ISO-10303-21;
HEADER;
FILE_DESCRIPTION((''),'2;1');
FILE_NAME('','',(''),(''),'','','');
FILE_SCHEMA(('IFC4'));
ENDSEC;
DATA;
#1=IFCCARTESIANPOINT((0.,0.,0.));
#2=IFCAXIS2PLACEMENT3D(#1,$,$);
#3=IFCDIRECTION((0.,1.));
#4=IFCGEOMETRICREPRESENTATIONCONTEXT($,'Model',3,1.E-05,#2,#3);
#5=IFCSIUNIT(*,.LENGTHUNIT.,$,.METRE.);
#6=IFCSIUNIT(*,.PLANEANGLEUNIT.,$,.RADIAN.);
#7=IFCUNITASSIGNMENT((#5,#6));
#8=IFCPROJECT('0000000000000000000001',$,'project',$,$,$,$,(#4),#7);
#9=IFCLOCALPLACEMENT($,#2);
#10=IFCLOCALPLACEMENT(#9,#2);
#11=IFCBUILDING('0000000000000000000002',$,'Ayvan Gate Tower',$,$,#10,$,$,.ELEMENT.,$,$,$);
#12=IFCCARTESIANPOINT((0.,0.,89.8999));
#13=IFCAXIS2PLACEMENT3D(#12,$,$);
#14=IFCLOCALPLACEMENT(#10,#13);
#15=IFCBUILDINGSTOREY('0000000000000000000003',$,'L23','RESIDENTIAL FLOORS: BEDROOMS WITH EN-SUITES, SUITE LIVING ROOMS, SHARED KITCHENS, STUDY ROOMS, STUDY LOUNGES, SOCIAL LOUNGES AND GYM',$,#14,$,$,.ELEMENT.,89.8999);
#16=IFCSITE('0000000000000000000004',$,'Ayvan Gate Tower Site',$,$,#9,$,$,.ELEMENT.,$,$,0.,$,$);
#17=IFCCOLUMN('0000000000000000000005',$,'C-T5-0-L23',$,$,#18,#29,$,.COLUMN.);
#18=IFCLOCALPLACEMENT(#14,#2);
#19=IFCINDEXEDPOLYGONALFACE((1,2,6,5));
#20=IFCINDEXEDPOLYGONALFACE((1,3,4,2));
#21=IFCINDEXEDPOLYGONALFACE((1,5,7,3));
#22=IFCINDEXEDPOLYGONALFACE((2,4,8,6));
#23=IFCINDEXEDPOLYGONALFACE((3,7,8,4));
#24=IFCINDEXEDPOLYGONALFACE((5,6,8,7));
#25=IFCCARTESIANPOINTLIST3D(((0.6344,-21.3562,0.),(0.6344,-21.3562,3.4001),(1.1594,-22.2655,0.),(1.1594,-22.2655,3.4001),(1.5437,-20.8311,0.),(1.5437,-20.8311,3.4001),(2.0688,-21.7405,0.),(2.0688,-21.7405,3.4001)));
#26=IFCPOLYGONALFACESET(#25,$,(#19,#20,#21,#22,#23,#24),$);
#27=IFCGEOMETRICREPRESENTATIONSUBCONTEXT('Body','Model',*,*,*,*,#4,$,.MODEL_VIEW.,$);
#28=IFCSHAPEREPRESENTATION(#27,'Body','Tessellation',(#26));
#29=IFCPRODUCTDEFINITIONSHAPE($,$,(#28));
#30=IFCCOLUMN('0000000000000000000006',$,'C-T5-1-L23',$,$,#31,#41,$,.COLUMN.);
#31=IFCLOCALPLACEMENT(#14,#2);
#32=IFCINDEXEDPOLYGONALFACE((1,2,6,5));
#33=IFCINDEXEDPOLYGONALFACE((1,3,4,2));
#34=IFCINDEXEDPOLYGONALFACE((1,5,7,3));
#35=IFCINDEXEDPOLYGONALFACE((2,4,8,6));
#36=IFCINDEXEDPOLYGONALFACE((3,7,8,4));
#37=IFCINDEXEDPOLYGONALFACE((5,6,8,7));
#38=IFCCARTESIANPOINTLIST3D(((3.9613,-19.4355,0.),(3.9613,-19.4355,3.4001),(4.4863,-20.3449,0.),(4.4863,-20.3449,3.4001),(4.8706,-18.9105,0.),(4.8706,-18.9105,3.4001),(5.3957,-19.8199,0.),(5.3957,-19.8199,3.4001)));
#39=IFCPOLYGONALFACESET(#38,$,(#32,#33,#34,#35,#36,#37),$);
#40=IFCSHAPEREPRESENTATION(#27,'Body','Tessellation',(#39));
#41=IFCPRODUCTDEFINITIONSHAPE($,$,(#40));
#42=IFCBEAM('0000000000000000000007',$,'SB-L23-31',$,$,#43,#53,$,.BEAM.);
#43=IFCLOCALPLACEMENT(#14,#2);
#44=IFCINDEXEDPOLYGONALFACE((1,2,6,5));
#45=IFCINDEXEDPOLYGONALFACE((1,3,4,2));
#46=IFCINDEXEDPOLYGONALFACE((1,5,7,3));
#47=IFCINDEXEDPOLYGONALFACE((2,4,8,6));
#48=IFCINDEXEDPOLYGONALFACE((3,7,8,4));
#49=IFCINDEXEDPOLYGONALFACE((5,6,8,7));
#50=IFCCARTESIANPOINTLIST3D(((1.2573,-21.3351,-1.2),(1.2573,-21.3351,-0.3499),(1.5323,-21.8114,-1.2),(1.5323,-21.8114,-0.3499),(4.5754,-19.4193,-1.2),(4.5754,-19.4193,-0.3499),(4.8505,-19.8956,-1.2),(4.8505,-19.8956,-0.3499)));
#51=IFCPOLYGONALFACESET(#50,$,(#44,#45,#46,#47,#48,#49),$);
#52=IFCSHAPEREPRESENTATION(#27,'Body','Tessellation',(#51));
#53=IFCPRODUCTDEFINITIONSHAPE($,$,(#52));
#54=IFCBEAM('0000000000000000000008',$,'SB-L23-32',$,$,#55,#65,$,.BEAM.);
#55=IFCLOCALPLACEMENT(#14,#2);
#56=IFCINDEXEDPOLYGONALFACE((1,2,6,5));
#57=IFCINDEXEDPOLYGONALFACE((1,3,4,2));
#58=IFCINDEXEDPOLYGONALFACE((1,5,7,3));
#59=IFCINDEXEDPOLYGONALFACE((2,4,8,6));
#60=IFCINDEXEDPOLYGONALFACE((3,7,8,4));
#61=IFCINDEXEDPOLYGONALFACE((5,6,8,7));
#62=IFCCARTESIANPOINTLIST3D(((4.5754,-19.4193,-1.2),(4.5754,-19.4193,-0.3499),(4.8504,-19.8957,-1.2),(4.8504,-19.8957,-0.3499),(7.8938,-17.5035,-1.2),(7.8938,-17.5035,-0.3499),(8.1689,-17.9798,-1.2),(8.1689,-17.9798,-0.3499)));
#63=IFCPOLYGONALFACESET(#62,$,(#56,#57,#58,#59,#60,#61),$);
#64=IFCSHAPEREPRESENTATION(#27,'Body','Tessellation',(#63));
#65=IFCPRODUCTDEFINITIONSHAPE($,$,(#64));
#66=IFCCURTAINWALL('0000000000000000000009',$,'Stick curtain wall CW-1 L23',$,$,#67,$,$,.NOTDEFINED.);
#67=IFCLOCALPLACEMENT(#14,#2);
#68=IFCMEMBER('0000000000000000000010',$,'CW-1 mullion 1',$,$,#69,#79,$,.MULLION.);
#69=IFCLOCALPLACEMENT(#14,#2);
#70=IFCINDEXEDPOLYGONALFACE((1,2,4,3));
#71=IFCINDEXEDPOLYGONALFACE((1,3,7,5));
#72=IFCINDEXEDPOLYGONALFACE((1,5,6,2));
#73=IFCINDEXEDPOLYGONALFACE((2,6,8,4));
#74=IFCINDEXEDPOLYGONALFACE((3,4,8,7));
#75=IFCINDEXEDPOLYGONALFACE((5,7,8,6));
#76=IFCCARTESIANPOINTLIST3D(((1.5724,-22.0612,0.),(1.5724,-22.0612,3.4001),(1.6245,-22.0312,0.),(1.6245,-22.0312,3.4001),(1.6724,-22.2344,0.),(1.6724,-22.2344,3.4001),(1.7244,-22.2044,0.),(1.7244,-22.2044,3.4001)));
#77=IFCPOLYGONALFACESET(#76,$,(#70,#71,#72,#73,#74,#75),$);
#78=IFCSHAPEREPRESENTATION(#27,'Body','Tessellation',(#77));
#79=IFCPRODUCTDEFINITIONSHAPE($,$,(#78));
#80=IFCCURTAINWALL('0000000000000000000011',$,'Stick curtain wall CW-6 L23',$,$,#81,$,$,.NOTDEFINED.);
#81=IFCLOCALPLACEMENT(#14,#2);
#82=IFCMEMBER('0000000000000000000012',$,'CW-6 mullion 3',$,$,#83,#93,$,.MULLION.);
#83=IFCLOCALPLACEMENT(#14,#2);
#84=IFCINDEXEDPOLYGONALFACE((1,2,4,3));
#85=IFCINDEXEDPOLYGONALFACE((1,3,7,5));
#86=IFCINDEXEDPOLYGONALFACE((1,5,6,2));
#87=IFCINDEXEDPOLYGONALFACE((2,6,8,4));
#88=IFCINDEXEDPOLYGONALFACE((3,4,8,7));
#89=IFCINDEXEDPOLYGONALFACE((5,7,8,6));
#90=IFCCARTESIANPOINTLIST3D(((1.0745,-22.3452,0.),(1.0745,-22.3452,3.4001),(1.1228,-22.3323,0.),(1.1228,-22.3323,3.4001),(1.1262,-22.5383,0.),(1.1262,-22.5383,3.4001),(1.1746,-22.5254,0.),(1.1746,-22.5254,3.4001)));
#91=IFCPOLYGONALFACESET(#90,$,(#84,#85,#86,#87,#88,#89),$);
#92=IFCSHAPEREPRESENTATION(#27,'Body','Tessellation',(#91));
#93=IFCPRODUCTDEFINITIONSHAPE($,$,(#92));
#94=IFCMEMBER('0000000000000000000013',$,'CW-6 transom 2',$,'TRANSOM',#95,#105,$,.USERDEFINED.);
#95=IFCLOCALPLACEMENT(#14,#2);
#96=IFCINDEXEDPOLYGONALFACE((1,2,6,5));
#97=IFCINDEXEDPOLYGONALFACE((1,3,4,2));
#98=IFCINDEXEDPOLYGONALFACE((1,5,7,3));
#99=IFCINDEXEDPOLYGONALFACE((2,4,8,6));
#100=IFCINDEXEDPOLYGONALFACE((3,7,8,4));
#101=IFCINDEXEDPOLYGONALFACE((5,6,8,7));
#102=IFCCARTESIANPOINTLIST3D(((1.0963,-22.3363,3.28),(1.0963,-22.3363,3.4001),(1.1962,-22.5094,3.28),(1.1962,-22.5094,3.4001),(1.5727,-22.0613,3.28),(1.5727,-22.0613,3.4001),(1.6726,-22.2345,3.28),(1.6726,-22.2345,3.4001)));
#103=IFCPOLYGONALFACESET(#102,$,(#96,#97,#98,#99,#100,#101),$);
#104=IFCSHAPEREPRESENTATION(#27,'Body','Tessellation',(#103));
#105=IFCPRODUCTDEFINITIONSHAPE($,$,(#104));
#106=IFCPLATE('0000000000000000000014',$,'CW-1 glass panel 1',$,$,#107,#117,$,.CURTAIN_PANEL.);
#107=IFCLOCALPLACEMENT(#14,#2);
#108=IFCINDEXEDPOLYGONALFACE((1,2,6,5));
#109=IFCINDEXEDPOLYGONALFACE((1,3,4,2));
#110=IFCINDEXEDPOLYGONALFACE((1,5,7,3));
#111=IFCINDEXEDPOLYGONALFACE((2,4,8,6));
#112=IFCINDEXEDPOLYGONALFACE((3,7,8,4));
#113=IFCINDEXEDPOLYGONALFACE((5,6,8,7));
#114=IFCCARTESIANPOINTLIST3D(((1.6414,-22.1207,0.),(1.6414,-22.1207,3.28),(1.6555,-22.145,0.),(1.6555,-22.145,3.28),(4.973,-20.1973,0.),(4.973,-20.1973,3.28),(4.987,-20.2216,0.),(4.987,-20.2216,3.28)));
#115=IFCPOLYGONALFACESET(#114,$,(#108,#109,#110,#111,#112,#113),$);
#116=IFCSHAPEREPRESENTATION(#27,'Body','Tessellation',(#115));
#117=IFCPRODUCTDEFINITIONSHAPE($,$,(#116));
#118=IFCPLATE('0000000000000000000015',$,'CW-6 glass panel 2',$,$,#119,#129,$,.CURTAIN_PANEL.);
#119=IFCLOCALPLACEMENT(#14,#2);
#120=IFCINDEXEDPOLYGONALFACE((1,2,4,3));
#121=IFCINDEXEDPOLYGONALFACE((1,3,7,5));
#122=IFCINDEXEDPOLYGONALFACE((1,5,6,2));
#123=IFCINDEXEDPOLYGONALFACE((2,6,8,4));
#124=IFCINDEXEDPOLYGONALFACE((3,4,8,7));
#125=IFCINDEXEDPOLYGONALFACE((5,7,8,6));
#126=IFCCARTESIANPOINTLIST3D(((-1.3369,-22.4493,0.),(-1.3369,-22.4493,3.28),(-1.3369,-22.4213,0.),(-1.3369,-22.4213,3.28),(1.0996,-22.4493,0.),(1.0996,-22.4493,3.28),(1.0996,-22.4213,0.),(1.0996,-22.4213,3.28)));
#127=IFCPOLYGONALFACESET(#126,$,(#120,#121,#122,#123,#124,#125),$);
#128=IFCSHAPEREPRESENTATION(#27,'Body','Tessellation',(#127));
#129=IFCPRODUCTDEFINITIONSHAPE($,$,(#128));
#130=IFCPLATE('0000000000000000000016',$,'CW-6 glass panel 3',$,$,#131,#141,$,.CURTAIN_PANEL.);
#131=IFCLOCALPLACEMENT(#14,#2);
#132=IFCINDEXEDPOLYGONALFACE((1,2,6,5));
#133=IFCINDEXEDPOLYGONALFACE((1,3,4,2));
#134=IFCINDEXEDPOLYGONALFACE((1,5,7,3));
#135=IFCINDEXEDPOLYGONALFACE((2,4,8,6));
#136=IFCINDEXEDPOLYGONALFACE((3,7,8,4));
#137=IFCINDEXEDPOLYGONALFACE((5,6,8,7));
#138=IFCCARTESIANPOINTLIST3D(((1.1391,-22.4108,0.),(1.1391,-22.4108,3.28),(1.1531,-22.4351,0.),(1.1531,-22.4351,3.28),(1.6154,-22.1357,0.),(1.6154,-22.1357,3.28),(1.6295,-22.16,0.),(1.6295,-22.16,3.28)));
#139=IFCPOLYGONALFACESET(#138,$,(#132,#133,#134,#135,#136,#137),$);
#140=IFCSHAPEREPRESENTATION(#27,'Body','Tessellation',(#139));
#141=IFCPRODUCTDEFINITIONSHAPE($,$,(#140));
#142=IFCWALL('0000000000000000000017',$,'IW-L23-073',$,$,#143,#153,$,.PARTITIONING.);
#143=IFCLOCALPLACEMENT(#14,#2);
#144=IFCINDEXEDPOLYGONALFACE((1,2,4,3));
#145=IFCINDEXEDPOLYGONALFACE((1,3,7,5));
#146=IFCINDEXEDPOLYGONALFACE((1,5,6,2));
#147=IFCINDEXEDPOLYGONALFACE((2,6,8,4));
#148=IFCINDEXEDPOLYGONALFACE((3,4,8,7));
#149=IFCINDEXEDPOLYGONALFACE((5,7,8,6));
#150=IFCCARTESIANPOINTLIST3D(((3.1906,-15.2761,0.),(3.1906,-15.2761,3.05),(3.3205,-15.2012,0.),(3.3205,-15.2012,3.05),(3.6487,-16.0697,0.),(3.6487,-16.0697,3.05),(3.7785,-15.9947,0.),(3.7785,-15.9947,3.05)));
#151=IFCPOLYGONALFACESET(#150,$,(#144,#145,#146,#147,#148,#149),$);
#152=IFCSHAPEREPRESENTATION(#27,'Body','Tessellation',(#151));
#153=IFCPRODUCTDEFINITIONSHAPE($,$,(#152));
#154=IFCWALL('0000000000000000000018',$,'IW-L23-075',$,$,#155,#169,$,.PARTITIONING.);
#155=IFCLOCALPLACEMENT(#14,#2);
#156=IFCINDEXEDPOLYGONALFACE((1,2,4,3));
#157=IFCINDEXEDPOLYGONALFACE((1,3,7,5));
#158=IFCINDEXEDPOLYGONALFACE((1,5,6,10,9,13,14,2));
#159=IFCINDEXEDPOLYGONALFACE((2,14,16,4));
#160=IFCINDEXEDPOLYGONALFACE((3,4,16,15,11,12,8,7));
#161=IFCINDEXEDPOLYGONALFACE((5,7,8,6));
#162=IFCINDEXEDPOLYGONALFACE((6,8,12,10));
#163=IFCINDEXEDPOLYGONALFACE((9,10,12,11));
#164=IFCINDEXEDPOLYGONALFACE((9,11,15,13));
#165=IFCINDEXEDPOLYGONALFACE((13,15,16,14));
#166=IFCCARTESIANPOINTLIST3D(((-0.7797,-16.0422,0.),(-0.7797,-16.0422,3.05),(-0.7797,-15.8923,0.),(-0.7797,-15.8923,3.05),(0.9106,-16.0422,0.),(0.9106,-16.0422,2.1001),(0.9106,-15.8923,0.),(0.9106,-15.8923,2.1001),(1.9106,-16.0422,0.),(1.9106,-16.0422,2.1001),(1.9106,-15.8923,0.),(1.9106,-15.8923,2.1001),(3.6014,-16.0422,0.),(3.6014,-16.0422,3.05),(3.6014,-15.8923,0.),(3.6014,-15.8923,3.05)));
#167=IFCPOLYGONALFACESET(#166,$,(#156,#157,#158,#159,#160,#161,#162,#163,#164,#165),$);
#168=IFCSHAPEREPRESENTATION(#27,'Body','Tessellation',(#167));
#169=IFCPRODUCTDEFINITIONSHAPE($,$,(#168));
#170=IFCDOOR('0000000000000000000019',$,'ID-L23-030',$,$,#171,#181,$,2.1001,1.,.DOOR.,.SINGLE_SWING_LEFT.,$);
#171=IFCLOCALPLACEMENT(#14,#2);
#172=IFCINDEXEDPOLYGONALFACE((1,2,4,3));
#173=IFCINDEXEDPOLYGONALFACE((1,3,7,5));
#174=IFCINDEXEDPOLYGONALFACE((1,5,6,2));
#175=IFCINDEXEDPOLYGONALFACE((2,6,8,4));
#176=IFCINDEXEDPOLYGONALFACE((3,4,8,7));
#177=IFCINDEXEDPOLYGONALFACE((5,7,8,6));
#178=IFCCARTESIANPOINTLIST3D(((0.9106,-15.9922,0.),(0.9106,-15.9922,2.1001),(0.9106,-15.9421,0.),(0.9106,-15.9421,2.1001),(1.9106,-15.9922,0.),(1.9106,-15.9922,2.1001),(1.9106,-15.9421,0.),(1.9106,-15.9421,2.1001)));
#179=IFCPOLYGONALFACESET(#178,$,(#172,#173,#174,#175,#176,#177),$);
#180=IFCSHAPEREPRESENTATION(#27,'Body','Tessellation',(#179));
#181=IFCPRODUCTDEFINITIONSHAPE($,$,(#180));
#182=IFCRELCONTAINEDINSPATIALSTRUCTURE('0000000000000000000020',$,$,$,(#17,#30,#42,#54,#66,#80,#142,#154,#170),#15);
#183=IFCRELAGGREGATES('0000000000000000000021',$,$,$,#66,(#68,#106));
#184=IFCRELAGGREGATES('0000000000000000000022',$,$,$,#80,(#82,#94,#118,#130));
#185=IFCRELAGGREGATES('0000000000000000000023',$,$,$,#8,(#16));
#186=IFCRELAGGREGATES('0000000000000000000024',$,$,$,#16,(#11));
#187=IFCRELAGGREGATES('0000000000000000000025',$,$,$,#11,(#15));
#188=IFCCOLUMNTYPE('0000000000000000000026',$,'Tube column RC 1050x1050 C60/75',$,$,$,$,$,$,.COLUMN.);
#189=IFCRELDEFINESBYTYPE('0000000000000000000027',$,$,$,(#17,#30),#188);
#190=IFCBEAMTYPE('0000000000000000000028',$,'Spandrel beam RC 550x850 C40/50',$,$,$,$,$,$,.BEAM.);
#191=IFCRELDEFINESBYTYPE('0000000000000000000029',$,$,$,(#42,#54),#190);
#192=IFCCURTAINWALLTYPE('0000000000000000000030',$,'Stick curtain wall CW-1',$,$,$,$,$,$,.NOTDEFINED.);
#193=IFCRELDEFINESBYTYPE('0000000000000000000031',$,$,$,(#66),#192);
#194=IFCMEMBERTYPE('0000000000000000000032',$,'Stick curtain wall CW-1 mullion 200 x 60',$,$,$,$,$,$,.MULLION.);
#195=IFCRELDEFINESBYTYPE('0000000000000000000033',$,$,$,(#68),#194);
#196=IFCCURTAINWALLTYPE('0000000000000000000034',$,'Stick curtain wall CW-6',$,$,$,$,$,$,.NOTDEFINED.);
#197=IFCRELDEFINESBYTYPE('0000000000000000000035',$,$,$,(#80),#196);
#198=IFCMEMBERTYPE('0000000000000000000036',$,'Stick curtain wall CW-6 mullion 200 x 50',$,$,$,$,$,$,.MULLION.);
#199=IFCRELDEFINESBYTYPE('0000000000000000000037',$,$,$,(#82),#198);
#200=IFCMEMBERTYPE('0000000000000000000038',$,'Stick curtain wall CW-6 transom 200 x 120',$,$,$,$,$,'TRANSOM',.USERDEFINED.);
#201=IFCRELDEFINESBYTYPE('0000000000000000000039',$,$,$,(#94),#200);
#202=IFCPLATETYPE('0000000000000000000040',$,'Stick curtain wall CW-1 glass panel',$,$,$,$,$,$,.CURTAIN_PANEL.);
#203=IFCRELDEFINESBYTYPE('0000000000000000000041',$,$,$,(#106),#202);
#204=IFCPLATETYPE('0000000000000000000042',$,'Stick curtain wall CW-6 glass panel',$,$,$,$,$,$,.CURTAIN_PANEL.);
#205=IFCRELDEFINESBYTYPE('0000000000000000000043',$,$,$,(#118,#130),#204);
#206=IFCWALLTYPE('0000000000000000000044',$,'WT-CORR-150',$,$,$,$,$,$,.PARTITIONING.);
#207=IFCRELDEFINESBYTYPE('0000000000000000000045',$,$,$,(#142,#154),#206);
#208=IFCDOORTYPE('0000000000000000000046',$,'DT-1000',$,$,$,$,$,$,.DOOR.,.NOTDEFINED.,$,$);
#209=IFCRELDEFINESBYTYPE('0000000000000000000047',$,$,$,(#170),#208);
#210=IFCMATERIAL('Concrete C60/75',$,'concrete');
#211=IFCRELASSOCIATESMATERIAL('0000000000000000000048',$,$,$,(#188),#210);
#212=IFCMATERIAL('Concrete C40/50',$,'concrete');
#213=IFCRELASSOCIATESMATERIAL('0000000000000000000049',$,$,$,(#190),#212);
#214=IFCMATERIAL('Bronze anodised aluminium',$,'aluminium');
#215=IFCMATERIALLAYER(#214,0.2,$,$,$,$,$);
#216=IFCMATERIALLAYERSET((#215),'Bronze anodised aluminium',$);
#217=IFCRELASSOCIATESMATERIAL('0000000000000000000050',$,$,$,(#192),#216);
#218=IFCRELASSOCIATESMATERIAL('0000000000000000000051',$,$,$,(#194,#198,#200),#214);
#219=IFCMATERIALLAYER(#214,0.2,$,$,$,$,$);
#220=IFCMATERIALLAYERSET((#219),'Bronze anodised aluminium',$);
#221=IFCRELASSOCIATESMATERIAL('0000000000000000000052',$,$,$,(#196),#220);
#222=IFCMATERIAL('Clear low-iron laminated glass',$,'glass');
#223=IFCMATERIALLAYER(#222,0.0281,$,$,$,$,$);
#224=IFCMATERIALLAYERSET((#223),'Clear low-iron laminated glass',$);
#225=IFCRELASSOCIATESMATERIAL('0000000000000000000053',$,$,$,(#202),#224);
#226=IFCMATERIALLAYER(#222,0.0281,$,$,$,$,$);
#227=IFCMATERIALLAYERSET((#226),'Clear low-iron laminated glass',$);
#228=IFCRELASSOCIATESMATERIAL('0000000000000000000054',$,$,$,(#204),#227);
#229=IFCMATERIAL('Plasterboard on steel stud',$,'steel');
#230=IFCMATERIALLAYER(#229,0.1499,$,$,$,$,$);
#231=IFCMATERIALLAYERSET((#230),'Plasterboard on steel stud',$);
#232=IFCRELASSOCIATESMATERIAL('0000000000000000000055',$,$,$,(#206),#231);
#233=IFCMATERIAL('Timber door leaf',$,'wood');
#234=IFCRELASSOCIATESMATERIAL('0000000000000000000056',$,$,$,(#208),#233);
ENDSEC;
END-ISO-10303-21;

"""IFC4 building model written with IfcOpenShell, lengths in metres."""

from ifc_helpers import new_model, si_unit, direction, frame, frame_2d, origin, origin_2d, place, context, subcontext, project, spatial, rectangle, extrude, material, layer, layer_set, material_profile, profile_set, type_object, element, fill, aggregate, save


model = new_model("IFC4")

# Units and contexts
model_context = context("Model", 3, precision=1e-05, world=origin(), true_north=direction((0.0, 1.0)))
body_context = subcontext(model_context, "Body", "Model", "MODEL_VIEW")
ifc_project = project(units=[si_unit("LENGTHUNIT", "METRE"), si_unit("PLANEANGLEUNIT", "RADIAN")], contexts=[model_context])

# Site, building, storey
site_placement = place(None, origin())
site = spatial("IfcSite", under=ifc_project, at=site_placement, Name="Ayvan Gate Tower Site", CompositionType="ELEMENT", RefElevation=0.0)
building_placement = place(site_placement, origin())
building = spatial("IfcBuilding", under=site, at=building_placement, Name="Ayvan Gate Tower", CompositionType="ELEMENT")
storey_placement = place(building_placement, frame((0.0, 0.0, 89.8999)))
storey = spatial("IfcBuildingStorey", under=building, at=storey_placement, Name="L23", Description="RESIDENTIAL FLOORS: BEDROOMS WITH EN-SUITES, SUITE LIVING ROOMS, SHARED KITCHENS, STUDY ROOMS, STUDY LOUNGES, SOCIAL LOUNGES AND GYM", CompositionType="ELEMENT", Elevation=89.8999)

# Columns
ifc_material_1 = material(Name="Concrete C60/75", Category="concrete")
ifc_material_profile_1 = material_profile(ifc_material_1, rectangle(XDim=1.05, YDim=1.05, at=origin_2d()), Name="RC 1050x1050")
ifc_profile_set_1 = profile_set([ifc_material_profile_1], Name="Concrete C60/75")
column_type = type_object("IfcColumnType", Name="Tube column RC 1050x1050 C60/75", PredefinedType="COLUMN", material=ifc_profile_set_1)
for number, where, z_axis, x_axis, name in (
    (1, (1.3516, -21.5483, 0.0), (0.0, 0.0, 1.0), (0.5, -0.866025, 0.0), "C-T5-0-L23"),
    (2, (4.6785, -19.6277, 0.0), (0.0, 0.0, 1.0), (0.5, -0.866025, 0.0), "C-T5-1-L23"),
):
    element("IfcColumn", number, at=place(storey_placement, frame(where, z_axis=z_axis, x_axis=x_axis)), inside=storey, type_object=column_type, Name=name, PredefinedType="COLUMN", context=body_context, shape_type="SweptSolid", body=[
        extrude(rectangle(XDim=1.05, YDim=1.05, at=origin_2d()), origin(), (0.0, 0.0, 1.0), 3.4001),
    ])

# Beams
ifc_material_2 = material(Name="Concrete C40/50", Category="concrete")
ifc_material_profile_2 = material_profile(ifc_material_2, rectangle(XDim=0.55, YDim=0.8501, at=origin_2d()), Name="RC 550x850")
ifc_profile_set_2 = profile_set([ifc_material_profile_2], Name="Concrete C40/50")
beam_type = type_object("IfcBeamType", Name="Spandrel beam RC 550x850 C40/50", PredefinedType="BEAM", material=ifc_profile_set_2)
beam_1_placement = place(storey_placement, frame((1.3948, -21.5732, -0.7749), z_axis=(0.866019, 0.500011, 0.0), x_axis=(-0.500011, 0.866019, 0.0)))
element("IfcBeam", 3, at=beam_1_placement, inside=storey, type_object=beam_type, Name="SB-L23-31", PredefinedType="BEAM", context=body_context, shape_type="SweptSolid", body=[
    extrude(rectangle(XDim=0.55, YDim=0.8501, at=origin_2d()), origin(), (0.0, 0.0, 1.0), 3.8315),
])
beam_2_placement = place(storey_placement, frame((4.7129, -19.6575, -0.7749), z_axis=(0.866035, 0.499984, 0.0), x_axis=(-0.499984, 0.866035, 0.0)))
element("IfcBeam", 4, at=beam_2_placement, inside=storey, type_object=beam_type, Name="SB-L23-32", PredefinedType="BEAM", context=body_context, shape_type="SweptSolid", body=[
    extrude(rectangle(XDim=0.55, YDim=0.8501, at=origin_2d()), origin(), (0.0, 0.0, 1.0), 3.8318),
])

# Curtain wall, member
ifc_material_3 = material(Name="Bronze anodised aluminium", Category="aluminium")
ifc_layer_1 = layer(ifc_material_3, 0.2)
ifc_layer_set_1 = layer_set([ifc_layer_1], Name="Bronze anodised aluminium")
curtain_wall_type_1 = type_object("IfcCurtainWallType", Name="Stick curtain wall CW-1", PredefinedType="NOTDEFINED", material=ifc_layer_set_1)
curtain_wall_1_placement = place(storey_placement, origin())
curtain_wall_1 = element("IfcCurtainWall", 5, at=curtain_wall_1_placement, inside=storey, type_object=curtain_wall_type_1, Name="Stick curtain wall CW-1 L23", PredefinedType="NOTDEFINED")
ifc_material_profile_3 = material_profile(ifc_material_3, rectangle(XDim=0.2, YDim=0.0601, at=origin_2d()), Name="Stick curtain wall CW-1 mullion 200 x 60")
ifc_profile_set_3 = profile_set([ifc_material_profile_3], Name="Bronze anodised aluminium")
member_type_1 = type_object("IfcMemberType", Name="Stick curtain wall CW-1 mullion 200 x 60", PredefinedType="MULLION", material=ifc_profile_set_3)
member_1_placement = place(storey_placement, frame((1.6484, -22.1328, 0.0), z_axis=(0.0, 0.0, 1.0), x_axis=(0.5, -0.866025, 0.0)))
member_1 = element("IfcMember", 6, at=member_1_placement, type_object=member_type_1, Name="CW-1 mullion 1", PredefinedType="MULLION", context=body_context, shape_type="SweptSolid", body=[
    extrude(rectangle(XDim=0.2, YDim=0.0601, at=origin_2d()), origin(), (0.0, 0.0, 1.0), 3.4001),
])

# Curtain wall, members
ifc_layer_2 = layer(ifc_material_3, 0.2)
ifc_layer_set_2 = layer_set([ifc_layer_2], Name="Bronze anodised aluminium")
curtain_wall_type_2 = type_object("IfcCurtainWallType", Name="Stick curtain wall CW-6", PredefinedType="NOTDEFINED", material=ifc_layer_set_2)
curtain_wall_2_placement = place(storey_placement, origin())
curtain_wall_2 = element("IfcCurtainWall", 7, at=curtain_wall_2_placement, inside=storey, type_object=curtain_wall_type_2, Name="Stick curtain wall CW-6 L23", PredefinedType="NOTDEFINED")
ifc_material_profile_4 = material_profile(ifc_material_3, rectangle(XDim=0.2, YDim=0.05, at=origin_2d()), Name="Stick curtain wall CW-6 mullion 200 x 50")
ifc_profile_set_4 = profile_set([ifc_material_profile_4], Name="Bronze anodised aluminium")
member_type_2 = type_object("IfcMemberType", Name="Stick curtain wall CW-6 mullion 200 x 50", PredefinedType="MULLION", material=ifc_profile_set_4)
member_2_placement = place(storey_placement, frame((1.1245, -22.4353, 0.0), z_axis=(0.0, 0.0, 1.0), x_axis=(0.258819, -0.965926, 0.0)))
member_2 = element("IfcMember", 8, at=member_2_placement, type_object=member_type_2, Name="CW-6 mullion 3", PredefinedType="MULLION", context=body_context, shape_type="SweptSolid", body=[
    extrude(rectangle(XDim=0.2, YDim=0.05, at=origin_2d()), origin(), (0.0, 0.0, 1.0), 3.4001),
])
ifc_material_profile_5 = material_profile(ifc_material_3, rectangle(XDim=0.2, YDim=0.1201, at=origin_2d()), Name="Stick curtain wall CW-6 transom 200 x 120")
ifc_profile_set_5 = profile_set([ifc_material_profile_5], Name="Bronze anodised aluminium")
member_type_3 = type_object("IfcMemberType", Name="Stick curtain wall CW-6 transom 200 x 120", ElementType="TRANSOM", PredefinedType="USERDEFINED", material=ifc_profile_set_5)
member_3_placement = place(storey_placement, frame((1.1462, -22.4229, 3.3401), z_axis=(0.866104, 0.499863, 0.0), x_axis=(-0.499863, 0.866104, 0.0)))
member_3 = element("IfcMember", 9, at=member_3_placement, type_object=member_type_3, Name="CW-6 transom 2", ObjectType="TRANSOM", PredefinedType="USERDEFINED", context=body_context, shape_type="SweptSolid", body=[
    extrude(rectangle(XDim=0.2, YDim=0.1201, at=origin_2d()), origin(), (0.0, 0.0, 1.0), 0.55),
])

# Plates
ifc_material_4 = material(Name="Clear low-iron laminated glass", Category="glass")
ifc_layer_3 = layer(ifc_material_4, 0.0281)
ifc_layer_set_3 = layer_set([ifc_layer_3], Name="Clear low-iron laminated glass")
plate_type_1 = type_object("IfcPlateType", Name="Stick curtain wall CW-1 glass panel", PredefinedType="CURTAIN_PANEL", material=ifc_layer_set_3)
plate_1_placement = place(storey_placement, frame((3.3142, -21.1711, 0.0), z_axis=(0.0, 0.0, 1.0), x_axis=(0.866025, 0.5, 0.0)))
plate_1 = element("IfcPlate", 10, at=plate_1_placement, type_object=plate_type_1, Name="CW-1 glass panel 1", PredefinedType="CURTAIN_PANEL", context=body_context, shape_type="SweptSolid", body=[
    extrude(rectangle(XDim=3.8469, YDim=0.0281, at=origin_2d()), origin(), (0.0, 0.0, 1.0), 3.28),
])
aggregate(curtain_wall_1, [member_1, plate_1])
ifc_layer_4 = layer(ifc_material_4, 0.0281)
ifc_layer_set_4 = layer_set([ifc_layer_4], Name="Clear low-iron laminated glass")
plate_type_2 = type_object("IfcPlateType", Name="Stick curtain wall CW-6 glass panel", PredefinedType="CURTAIN_PANEL", material=ifc_layer_set_4)
plate_2_placement = place(storey_placement, frame((-0.1187, -22.4353, 0.0), z_axis=(0.0, 0.0, 1.0), x_axis=(1.0, 0.0, 0.0)))
plate_2 = element("IfcPlate", 11, at=plate_2_placement, type_object=plate_type_2, Name="CW-6 glass panel 2", PredefinedType="CURTAIN_PANEL", context=body_context, shape_type="SweptSolid", body=[
    extrude(rectangle(XDim=2.4365, YDim=0.0281, at=origin_2d()), origin(), (0.0, 0.0, 1.0), 3.28),
])
plate_3_placement = place(storey_placement, frame((1.3843, -22.2854, 0.0), z_axis=(0.0, 0.0, 1.0), x_axis=(0.866025, 0.5, 0.0)))
plate_3 = element("IfcPlate", 12, at=plate_3_placement, type_object=plate_type_2, Name="CW-6 glass panel 3", PredefinedType="CURTAIN_PANEL", context=body_context, shape_type="SweptSolid", body=[
    extrude(rectangle(XDim=0.55, YDim=0.0281, at=origin_2d()), origin(), (0.0, 0.0, 1.0), 3.28),
])
aggregate(curtain_wall_2, [member_2, member_3, plate_2, plate_3])

# Wall
ifc_material_5 = material(Name="Plasterboard on steel stud", Category="steel")
ifc_layer_5 = layer(ifc_material_5, 0.1499)
ifc_layer_set_5 = layer_set([ifc_layer_5], Name="Plasterboard on steel stud")
wall_type_1 = type_object("IfcWallType", Name="WT-CORR-150", PredefinedType="PARTITIONING", material=ifc_layer_set_5)
wall_1_placement = place(storey_placement, frame((3.2556, -15.2388, 0.0), z_axis=(0.0, 0.0, 1.0), x_axis=(0.499922, -0.86607, 0.0)))
element("IfcWall", 13, at=wall_1_placement, inside=storey, type_object=wall_type_1, Name="IW-L23-073", PredefinedType="PARTITIONING", context=body_context, shape_type="SweptSolid", body=[
    extrude(rectangle(XDim=0.9163, YDim=0.1499, at=frame_2d((0.458, 0.0))), origin(), (0.0, 0.0, 1.0), 3.05),
])

# Wall, opening, door
wall_2_placement = place(storey_placement, frame((3.6013, -15.9673, 0.0), z_axis=(0.0, 0.0, 1.0), x_axis=(-1.0, 0.0, 0.0)))
wall_2 = element("IfcWall", 14, at=wall_2_placement, inside=storey, type_object=wall_type_1, Name="IW-L23-075", PredefinedType="PARTITIONING", context=body_context, shape_type="SweptSolid", body=[
    extrude(rectangle(XDim=4.3811, YDim=0.1499, at=frame_2d((2.1904, 0.0))), origin(), (0.0, 0.0, 1.0), 3.05),
])
opening_1_placement = place(wall_2_placement, frame((1.6907, 0.0, 0.0)))
opening_1 = element("IfcOpeningElement", 15, at=opening_1_placement, cuts=wall_2, PredefinedType="OPENING", context=body_context, shape_type="SweptSolid", body=[
    extrude(rectangle(XDim=1.0, YDim=2.1001, at=frame_2d((0.5, 1.05))), frame((0.0, 0.085, 0.0), z_axis=(0.0, -1.0, 0.0), x_axis=(1.0, 0.0, 0.0)), (0.0, 0.0, 1.0), 0.1699),
])
ifc_material_6 = material(Name="Timber door leaf", Category="wood")
door_type_1 = type_object("IfcDoorType", Name="DT-1000", OperationType="NOTDEFINED", PredefinedType="DOOR", material=ifc_material_6)
door_1_placement = place(opening_1_placement, origin())
door_1 = element("IfcDoor", 16, at=door_1_placement, inside=storey, type_object=door_type_1, Name="ID-L23-030", OperationType="SINGLE_SWING_LEFT", OverallHeight=2.1001, OverallWidth=1.0, PredefinedType="DOOR", context=body_context, shape_type="SweptSolid", body=[
    extrude(rectangle(XDim=1.0, YDim=2.1001, at=frame_2d((0.5, 1.05))), frame((0.0, 0.0249, 0.0), z_axis=(0.0, -1.0, 0.0), x_axis=(1.0, 0.0, 0.0)), (0.0, 0.0, 1.0), 0.05),
])
fill(opening_1, door_1)

save(model, "model.ifc")
